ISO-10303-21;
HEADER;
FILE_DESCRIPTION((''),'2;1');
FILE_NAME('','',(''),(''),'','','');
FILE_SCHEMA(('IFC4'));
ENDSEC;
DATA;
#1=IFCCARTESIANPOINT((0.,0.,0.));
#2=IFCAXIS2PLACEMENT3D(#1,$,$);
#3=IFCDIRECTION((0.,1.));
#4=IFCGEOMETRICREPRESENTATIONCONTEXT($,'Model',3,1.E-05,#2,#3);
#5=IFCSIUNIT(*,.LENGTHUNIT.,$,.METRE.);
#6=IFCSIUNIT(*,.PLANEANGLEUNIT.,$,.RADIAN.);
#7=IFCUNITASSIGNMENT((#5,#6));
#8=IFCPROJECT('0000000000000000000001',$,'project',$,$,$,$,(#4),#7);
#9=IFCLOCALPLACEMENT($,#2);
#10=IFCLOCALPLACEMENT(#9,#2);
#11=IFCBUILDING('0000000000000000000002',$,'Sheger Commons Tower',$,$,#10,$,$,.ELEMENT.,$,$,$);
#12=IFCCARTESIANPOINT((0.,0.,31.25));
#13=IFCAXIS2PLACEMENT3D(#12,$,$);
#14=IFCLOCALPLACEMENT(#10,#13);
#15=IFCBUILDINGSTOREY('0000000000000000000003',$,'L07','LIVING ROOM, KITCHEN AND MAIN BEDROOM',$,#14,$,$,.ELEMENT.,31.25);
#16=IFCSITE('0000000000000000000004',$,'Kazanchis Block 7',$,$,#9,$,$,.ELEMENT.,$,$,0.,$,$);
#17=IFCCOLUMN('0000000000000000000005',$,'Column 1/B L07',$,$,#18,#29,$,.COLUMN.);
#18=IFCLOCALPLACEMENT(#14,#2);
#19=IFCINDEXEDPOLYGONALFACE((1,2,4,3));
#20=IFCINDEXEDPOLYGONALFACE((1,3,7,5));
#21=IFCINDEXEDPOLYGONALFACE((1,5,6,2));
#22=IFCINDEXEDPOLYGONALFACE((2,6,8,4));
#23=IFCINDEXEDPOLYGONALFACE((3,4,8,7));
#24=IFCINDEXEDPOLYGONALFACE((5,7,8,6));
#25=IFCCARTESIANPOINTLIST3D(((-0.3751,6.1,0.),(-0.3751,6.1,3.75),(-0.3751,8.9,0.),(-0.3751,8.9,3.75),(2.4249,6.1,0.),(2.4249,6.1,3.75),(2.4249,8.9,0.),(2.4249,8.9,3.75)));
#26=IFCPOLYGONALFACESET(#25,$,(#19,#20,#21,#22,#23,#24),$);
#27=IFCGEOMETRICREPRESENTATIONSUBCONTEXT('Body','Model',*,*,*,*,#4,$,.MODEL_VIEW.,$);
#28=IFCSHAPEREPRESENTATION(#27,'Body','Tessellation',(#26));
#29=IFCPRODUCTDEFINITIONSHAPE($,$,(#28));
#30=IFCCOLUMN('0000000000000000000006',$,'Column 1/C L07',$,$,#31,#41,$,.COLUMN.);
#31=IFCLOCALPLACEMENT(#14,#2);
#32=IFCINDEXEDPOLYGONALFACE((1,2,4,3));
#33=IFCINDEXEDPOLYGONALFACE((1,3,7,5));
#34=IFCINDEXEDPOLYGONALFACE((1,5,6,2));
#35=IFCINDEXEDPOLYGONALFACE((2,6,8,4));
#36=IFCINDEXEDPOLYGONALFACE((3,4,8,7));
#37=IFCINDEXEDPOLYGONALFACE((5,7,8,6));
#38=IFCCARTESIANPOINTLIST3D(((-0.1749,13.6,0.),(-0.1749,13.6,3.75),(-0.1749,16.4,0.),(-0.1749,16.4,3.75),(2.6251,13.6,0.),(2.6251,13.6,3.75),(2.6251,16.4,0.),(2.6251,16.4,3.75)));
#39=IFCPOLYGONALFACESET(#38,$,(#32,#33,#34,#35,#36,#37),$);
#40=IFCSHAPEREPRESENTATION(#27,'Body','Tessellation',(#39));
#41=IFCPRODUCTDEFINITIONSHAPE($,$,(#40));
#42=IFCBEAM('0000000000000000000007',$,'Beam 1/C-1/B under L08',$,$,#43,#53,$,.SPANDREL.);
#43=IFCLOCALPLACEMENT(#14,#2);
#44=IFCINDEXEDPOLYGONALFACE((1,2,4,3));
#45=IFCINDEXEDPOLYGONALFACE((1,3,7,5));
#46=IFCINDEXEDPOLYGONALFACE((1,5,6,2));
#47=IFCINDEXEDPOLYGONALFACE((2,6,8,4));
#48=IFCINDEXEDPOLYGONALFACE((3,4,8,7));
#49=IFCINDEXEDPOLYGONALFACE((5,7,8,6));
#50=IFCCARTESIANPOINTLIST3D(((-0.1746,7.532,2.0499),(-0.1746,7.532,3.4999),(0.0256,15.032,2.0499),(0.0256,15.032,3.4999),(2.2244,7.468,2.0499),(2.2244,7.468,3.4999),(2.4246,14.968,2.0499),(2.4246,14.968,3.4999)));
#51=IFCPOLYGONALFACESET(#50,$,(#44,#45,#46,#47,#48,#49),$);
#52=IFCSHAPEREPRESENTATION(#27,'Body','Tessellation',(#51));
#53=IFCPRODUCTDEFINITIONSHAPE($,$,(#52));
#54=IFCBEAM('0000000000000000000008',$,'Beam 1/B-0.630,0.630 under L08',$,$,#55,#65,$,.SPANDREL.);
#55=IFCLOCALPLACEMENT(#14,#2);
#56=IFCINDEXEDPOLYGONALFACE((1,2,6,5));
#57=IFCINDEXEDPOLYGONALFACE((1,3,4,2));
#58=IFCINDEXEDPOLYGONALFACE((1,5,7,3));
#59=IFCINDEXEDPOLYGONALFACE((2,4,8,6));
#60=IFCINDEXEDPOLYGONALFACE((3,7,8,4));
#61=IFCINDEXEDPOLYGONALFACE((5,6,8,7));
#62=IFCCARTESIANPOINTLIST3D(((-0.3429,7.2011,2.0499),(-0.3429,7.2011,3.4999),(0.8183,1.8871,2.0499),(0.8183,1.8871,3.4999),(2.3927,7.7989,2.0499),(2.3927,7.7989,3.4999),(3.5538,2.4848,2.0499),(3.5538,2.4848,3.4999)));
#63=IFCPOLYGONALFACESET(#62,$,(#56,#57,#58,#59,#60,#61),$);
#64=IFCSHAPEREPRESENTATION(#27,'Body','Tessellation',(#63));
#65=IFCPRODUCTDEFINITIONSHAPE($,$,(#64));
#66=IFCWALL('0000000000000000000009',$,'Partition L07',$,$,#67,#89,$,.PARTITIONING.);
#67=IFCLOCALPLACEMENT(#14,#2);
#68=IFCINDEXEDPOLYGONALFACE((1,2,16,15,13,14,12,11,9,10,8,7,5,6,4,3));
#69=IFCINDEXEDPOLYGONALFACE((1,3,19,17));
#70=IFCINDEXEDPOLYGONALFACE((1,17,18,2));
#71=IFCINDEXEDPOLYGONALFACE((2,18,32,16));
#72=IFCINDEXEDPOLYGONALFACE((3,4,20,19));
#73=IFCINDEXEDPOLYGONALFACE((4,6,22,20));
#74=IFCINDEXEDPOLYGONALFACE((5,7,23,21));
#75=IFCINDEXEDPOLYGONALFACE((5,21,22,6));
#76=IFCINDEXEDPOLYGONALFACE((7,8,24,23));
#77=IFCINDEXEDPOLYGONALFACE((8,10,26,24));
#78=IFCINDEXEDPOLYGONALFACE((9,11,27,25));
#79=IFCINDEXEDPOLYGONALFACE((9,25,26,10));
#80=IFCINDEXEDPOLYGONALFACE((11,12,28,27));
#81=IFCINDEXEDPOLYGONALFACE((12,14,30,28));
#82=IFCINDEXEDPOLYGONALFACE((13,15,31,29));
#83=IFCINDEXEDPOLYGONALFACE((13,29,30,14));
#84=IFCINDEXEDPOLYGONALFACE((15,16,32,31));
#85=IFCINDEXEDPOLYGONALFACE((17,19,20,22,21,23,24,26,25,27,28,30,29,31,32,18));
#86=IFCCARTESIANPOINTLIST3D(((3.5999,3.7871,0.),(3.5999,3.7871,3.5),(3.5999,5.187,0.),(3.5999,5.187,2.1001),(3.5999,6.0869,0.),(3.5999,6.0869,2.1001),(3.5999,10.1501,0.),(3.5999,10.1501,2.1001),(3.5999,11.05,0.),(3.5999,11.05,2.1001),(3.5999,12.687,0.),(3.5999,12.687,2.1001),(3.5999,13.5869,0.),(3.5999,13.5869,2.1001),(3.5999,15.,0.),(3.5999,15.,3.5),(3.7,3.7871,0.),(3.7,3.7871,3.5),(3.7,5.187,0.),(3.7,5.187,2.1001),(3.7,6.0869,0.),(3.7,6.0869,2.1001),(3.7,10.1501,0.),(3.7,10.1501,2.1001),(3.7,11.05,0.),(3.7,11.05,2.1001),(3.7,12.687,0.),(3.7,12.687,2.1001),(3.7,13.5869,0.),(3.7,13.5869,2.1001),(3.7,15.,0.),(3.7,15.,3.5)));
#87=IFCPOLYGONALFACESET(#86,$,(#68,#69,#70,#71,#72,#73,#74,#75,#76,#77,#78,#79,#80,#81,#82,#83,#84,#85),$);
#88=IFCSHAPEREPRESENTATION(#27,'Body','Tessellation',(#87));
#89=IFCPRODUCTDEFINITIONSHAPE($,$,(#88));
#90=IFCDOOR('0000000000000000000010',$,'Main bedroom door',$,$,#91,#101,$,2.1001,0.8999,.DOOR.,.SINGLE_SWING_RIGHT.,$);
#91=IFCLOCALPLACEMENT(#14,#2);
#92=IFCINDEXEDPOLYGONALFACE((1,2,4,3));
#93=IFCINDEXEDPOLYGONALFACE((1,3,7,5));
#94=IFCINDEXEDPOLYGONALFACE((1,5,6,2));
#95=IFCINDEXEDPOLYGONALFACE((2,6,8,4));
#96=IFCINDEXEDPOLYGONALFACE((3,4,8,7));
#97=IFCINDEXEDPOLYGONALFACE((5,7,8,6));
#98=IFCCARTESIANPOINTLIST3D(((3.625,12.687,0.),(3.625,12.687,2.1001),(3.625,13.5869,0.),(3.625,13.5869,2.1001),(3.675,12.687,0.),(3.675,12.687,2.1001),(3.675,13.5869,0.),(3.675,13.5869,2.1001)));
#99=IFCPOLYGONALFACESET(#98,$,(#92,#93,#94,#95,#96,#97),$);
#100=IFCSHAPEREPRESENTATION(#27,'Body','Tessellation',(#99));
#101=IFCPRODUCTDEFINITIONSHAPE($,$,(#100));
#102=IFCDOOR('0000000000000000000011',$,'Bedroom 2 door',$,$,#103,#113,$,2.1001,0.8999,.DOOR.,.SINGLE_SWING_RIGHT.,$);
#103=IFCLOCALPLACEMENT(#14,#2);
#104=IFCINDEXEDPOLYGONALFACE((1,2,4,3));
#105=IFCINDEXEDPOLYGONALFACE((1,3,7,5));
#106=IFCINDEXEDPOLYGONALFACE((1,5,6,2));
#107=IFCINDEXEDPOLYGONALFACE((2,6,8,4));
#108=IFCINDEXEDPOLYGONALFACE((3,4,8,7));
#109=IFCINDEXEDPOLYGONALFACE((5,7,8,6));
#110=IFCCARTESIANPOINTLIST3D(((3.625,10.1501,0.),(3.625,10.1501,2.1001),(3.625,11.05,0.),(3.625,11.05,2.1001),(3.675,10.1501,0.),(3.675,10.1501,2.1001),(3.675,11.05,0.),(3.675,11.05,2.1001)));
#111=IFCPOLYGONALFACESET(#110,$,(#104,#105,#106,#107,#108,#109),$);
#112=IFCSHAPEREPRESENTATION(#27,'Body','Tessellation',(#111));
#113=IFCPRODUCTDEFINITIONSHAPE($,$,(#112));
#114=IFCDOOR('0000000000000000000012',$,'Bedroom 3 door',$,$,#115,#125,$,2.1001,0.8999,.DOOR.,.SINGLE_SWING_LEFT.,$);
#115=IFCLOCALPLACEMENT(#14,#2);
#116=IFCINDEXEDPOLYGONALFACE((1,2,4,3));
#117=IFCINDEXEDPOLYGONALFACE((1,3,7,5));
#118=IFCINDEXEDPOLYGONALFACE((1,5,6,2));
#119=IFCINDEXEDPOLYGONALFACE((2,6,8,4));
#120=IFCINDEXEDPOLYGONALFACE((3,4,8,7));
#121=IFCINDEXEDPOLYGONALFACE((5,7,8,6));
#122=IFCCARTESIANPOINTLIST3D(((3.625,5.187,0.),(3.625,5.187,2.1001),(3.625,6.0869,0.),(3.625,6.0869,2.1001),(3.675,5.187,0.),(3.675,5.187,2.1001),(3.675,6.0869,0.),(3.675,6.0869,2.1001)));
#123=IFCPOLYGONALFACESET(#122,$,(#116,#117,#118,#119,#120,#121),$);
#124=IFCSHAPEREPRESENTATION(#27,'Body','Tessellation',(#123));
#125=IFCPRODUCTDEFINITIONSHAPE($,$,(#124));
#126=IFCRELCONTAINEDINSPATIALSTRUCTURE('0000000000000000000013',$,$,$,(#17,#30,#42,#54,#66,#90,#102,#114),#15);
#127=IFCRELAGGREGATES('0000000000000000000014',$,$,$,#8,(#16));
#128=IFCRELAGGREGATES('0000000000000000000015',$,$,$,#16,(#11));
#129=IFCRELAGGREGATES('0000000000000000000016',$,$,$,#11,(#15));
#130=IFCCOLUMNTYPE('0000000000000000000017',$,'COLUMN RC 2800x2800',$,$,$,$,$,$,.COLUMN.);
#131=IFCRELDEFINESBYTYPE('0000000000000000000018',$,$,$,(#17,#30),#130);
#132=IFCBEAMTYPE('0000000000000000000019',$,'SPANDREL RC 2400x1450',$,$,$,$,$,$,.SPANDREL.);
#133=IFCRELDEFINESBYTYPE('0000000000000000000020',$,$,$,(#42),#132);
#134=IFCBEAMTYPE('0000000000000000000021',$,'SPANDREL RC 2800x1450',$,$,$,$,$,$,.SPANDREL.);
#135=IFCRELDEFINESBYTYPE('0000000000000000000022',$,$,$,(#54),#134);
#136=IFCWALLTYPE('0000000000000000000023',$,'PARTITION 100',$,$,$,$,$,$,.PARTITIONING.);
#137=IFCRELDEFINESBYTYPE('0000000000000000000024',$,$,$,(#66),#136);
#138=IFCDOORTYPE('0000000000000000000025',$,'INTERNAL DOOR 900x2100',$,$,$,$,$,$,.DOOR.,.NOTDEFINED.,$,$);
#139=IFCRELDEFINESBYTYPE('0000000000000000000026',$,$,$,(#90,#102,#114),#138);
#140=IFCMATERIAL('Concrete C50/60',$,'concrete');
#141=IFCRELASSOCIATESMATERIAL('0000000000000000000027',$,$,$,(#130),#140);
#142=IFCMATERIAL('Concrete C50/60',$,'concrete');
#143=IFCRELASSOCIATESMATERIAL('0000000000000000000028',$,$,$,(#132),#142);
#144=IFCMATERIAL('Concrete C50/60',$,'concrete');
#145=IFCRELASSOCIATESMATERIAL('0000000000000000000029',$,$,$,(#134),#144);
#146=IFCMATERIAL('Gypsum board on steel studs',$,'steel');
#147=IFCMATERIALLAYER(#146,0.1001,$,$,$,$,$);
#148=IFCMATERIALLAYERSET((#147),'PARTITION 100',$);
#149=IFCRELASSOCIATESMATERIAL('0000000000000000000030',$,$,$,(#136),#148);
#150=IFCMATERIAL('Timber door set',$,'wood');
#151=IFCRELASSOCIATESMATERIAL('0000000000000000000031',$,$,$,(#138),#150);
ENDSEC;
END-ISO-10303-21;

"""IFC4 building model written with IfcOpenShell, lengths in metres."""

from ifc_helpers import new_model, si_unit, direction, frame, frame_2d, origin, origin_2d, place, context, subcontext, project, spatial, rectangle, extrude, material, layer, layer_set, material_profile, profile_set, type_object, element, fill, save


model = new_model("IFC4")

# Units and contexts
model_context = context("Model", 3, precision=1e-05, world=origin(), true_north=direction((0.0, 1.0)))
body_context = subcontext(model_context, "Body", "Model", "MODEL_VIEW")
ifc_project = project(units=[si_unit("LENGTHUNIT", "METRE"), si_unit("PLANEANGLEUNIT", "RADIAN")], contexts=[model_context])

# Site, building, storey
site_placement = place(None, origin())
site = spatial("IfcSite", under=ifc_project, at=site_placement, Name="Kazanchis Block 7", CompositionType="ELEMENT", RefElevation=0.0)
building_placement = place(site_placement, origin())
building = spatial("IfcBuilding", under=site, at=building_placement, Name="Sheger Commons Tower", CompositionType="ELEMENT")
storey_placement = place(building_placement, frame((0.0, 0.0, 31.25)))
storey = spatial("IfcBuildingStorey", under=building, at=storey_placement, Name="L07", Description="LIVING ROOM, KITCHEN AND MAIN BEDROOM", CompositionType="ELEMENT", Elevation=31.25)

# Columns
ifc_material_1 = material(Name="Concrete C50/60", Category="concrete")
ifc_material_profile_1 = material_profile(ifc_material_1, rectangle(XDim=2.8, YDim=2.8, at=origin_2d()), Name="RC 2800x2800")
ifc_profile_set_1 = profile_set([ifc_material_profile_1], Name="Concrete C50/60")
column_type = type_object("IfcColumnType", Name="COLUMN RC 2800x2800", PredefinedType="COLUMN", material=ifc_profile_set_1)
for number, where, z_axis, x_axis, name in (
    (1, (1.0249, 7.5, 0.0), (0.0, 0.0, 1.0), (1.0, 0.0, 0.0), "Column 1/B L07"),
    (2, (1.2251, 15.0, 0.0), (0.0, 0.0, 1.0), (1.0, 0.0, 0.0), "Column 1/C L07"),
):
    element("IfcColumn", number, at=place(storey_placement, frame(where, z_axis=z_axis, x_axis=x_axis)), inside=storey, type_object=column_type, Name=name, PredefinedType="COLUMN", context=body_context, shape_type="SweptSolid", body=[
        extrude(rectangle(XDim=2.8, YDim=2.8, at=origin_2d()), origin(), (0.0, 0.0, 1.0), 3.75),
    ])

# Beams
ifc_material_2 = material(Name="Concrete C50/60", Category="concrete")
ifc_material_profile_2 = material_profile(ifc_material_2, rectangle(XDim=2.3999, YDim=1.45, at=origin_2d()), Name="RC 2400x1450")
ifc_profile_set_2 = profile_set([ifc_material_profile_2], Name="Concrete C50/60")
beam_type_1 = type_object("IfcBeamType", Name="SPANDREL RC 2400x1450", PredefinedType="SPANDREL", material=ifc_profile_set_2)
beam_1_placement = place(storey_placement, frame((1.2251, 15.0, 2.7749), z_axis=(-0.026683, -0.999644, 0.0), x_axis=(0.999644, -0.026683, 0.0)))
element("IfcBeam", 3, at=beam_1_placement, inside=storey, type_object=beam_type_1, Name="Beam 1/C-1/B under L08", PredefinedType="SPANDREL", context=body_context, shape_type="SweptSolid", body=[
    extrude(rectangle(XDim=2.3999, YDim=1.45, at=origin_2d()), origin(), (0.0, 0.0, 1.0), 7.5027),
])
ifc_material_3 = material(Name="Concrete C50/60", Category="concrete")
ifc_material_profile_3 = material_profile(ifc_material_3, rectangle(XDim=2.8, YDim=1.45, at=origin_2d()), Name="RC 2800x1450")
ifc_profile_set_3 = profile_set([ifc_material_profile_3], Name="Concrete C50/60")
beam_type_2 = type_object("IfcBeamType", Name="SPANDREL RC 2800x1450", PredefinedType="SPANDREL", material=ifc_profile_set_3)
beam_2_placement = place(storey_placement, frame((1.0249, 7.5, 2.7749), z_axis=(0.213469, -0.97695, 0.0), x_axis=(0.97695, 0.213469, 0.0)))
element("IfcBeam", 4, at=beam_2_placement, inside=storey, type_object=beam_type_2, Name="Beam 1/B-0.630,0.630 under L08", PredefinedType="SPANDREL", context=body_context, shape_type="SweptSolid", body=[
    extrude(rectangle(XDim=2.8, YDim=1.45, at=origin_2d()), origin(), (0.0, 0.0, 1.0), 5.4395),
])

# Wall, openings, doors
ifc_material_4 = material(Name="Gypsum board on steel studs", Category="steel")
ifc_layer = layer(ifc_material_4, 0.1001)
ifc_layer_set = layer_set([ifc_layer], Name="PARTITION 100")
wall_type = type_object("IfcWallType", Name="PARTITION 100", PredefinedType="PARTITIONING", material=ifc_layer_set)
wall_1_placement = place(storey_placement, frame((3.6499, 3.7871, 0.0), z_axis=(0.0, 0.0, 1.0), x_axis=(0.0, 1.0, 0.0)))
wall_1 = element("IfcWall", 5, at=wall_1_placement, inside=storey, type_object=wall_type, Name="Partition L07", PredefinedType="PARTITIONING", context=body_context, shape_type="SweptSolid", body=[
    extrude(rectangle(XDim=11.2129, YDim=0.1001, at=frame_2d((5.6064, 0.0))), origin(), (0.0, 0.0, 1.0), 3.5),
])
opening_1_placement = place(wall_1_placement, frame((8.8999, 0.0, 0.0)))
opening_1 = element("IfcOpeningElement", 6, at=opening_1_placement, cuts=wall_1, PredefinedType="OPENING", context=body_context, shape_type="SweptSolid", body=[
    extrude(rectangle(XDim=0.8999, YDim=2.1001, at=frame_2d((0.45, 1.05))), frame((0.0, 0.0601, 0.0), z_axis=(0.0, -1.0, 0.0), x_axis=(1.0, 0.0, 0.0)), (0.0, 0.0, 1.0), 0.1201),
])
opening_2_placement = place(wall_1_placement, frame((6.363, 0.0, 0.0)))
opening_2 = element("IfcOpeningElement", 7, at=opening_2_placement, cuts=wall_1, PredefinedType="OPENING", context=body_context, shape_type="SweptSolid", body=[
    extrude(rectangle(XDim=0.8999, YDim=2.1001, at=frame_2d((0.45, 1.05))), frame((0.0, 0.0601, 0.0), z_axis=(0.0, -1.0, 0.0), x_axis=(1.0, 0.0, 0.0)), (0.0, 0.0, 1.0), 0.1201),
])
opening_3_placement = place(wall_1_placement, frame((1.3999, 0.0, 0.0)))
opening_3 = element("IfcOpeningElement", 8, at=opening_3_placement, cuts=wall_1, PredefinedType="OPENING", context=body_context, shape_type="SweptSolid", body=[
    extrude(rectangle(XDim=0.8999, YDim=2.1001, at=frame_2d((0.45, 1.05))), frame((0.0, 0.0601, 0.0), z_axis=(0.0, -1.0, 0.0), x_axis=(1.0, 0.0, 0.0)), (0.0, 0.0, 1.0), 0.1201),
])
ifc_material_5 = material(Name="Timber door set", Category="wood")
door_type = type_object("IfcDoorType", Name="INTERNAL DOOR 900x2100", OperationType="NOTDEFINED", PredefinedType="DOOR", material=ifc_material_5)
door_1_placement = place(opening_1_placement, origin())
door_1 = element("IfcDoor", 9, at=door_1_placement, inside=storey, type_object=door_type, Name="Main bedroom door", OperationType="SINGLE_SWING_RIGHT", OverallHeight=2.1001, OverallWidth=0.8999, PredefinedType="DOOR", context=body_context, shape_type="SweptSolid", body=[
    extrude(rectangle(XDim=0.8999, YDim=2.1001, at=frame_2d((0.45, 1.05))), frame((0.0, 0.0249, 0.0), z_axis=(0.0, -1.0, 0.0), x_axis=(1.0, 0.0, 0.0)), (0.0, 0.0, 1.0), 0.05),
])
fill(opening_1, door_1)
door_2_placement = place(opening_2_placement, origin())
door_2 = element("IfcDoor", 10, at=door_2_placement, inside=storey, type_object=door_type, Name="Bedroom 2 door", OperationType="SINGLE_SWING_RIGHT", OverallHeight=2.1001, OverallWidth=0.8999, PredefinedType="DOOR", context=body_context, shape_type="SweptSolid", body=[
    extrude(rectangle(XDim=0.8999, YDim=2.1001, at=frame_2d((0.45, 1.05))), frame((0.0, 0.0249, 0.0), z_axis=(0.0, -1.0, 0.0), x_axis=(1.0, 0.0, 0.0)), (0.0, 0.0, 1.0), 0.05),
])
fill(opening_2, door_2)
door_3_placement = place(opening_3_placement, origin())
door_3 = element("IfcDoor", 11, at=door_3_placement, inside=storey, type_object=door_type, Name="Bedroom 3 door", OperationType="SINGLE_SWING_LEFT", OverallHeight=2.1001, OverallWidth=0.8999, PredefinedType="DOOR", context=body_context, shape_type="SweptSolid", body=[
    extrude(rectangle(XDim=0.8999, YDim=2.1001, at=frame_2d((0.45, 1.05))), frame((0.0, 0.0249, 0.0), z_axis=(0.0, -1.0, 0.0), x_axis=(1.0, 0.0, 0.0)), (0.0, 0.0, 1.0), 0.05),
])
fill(opening_3, door_3)

save(model, "model.ifc")
